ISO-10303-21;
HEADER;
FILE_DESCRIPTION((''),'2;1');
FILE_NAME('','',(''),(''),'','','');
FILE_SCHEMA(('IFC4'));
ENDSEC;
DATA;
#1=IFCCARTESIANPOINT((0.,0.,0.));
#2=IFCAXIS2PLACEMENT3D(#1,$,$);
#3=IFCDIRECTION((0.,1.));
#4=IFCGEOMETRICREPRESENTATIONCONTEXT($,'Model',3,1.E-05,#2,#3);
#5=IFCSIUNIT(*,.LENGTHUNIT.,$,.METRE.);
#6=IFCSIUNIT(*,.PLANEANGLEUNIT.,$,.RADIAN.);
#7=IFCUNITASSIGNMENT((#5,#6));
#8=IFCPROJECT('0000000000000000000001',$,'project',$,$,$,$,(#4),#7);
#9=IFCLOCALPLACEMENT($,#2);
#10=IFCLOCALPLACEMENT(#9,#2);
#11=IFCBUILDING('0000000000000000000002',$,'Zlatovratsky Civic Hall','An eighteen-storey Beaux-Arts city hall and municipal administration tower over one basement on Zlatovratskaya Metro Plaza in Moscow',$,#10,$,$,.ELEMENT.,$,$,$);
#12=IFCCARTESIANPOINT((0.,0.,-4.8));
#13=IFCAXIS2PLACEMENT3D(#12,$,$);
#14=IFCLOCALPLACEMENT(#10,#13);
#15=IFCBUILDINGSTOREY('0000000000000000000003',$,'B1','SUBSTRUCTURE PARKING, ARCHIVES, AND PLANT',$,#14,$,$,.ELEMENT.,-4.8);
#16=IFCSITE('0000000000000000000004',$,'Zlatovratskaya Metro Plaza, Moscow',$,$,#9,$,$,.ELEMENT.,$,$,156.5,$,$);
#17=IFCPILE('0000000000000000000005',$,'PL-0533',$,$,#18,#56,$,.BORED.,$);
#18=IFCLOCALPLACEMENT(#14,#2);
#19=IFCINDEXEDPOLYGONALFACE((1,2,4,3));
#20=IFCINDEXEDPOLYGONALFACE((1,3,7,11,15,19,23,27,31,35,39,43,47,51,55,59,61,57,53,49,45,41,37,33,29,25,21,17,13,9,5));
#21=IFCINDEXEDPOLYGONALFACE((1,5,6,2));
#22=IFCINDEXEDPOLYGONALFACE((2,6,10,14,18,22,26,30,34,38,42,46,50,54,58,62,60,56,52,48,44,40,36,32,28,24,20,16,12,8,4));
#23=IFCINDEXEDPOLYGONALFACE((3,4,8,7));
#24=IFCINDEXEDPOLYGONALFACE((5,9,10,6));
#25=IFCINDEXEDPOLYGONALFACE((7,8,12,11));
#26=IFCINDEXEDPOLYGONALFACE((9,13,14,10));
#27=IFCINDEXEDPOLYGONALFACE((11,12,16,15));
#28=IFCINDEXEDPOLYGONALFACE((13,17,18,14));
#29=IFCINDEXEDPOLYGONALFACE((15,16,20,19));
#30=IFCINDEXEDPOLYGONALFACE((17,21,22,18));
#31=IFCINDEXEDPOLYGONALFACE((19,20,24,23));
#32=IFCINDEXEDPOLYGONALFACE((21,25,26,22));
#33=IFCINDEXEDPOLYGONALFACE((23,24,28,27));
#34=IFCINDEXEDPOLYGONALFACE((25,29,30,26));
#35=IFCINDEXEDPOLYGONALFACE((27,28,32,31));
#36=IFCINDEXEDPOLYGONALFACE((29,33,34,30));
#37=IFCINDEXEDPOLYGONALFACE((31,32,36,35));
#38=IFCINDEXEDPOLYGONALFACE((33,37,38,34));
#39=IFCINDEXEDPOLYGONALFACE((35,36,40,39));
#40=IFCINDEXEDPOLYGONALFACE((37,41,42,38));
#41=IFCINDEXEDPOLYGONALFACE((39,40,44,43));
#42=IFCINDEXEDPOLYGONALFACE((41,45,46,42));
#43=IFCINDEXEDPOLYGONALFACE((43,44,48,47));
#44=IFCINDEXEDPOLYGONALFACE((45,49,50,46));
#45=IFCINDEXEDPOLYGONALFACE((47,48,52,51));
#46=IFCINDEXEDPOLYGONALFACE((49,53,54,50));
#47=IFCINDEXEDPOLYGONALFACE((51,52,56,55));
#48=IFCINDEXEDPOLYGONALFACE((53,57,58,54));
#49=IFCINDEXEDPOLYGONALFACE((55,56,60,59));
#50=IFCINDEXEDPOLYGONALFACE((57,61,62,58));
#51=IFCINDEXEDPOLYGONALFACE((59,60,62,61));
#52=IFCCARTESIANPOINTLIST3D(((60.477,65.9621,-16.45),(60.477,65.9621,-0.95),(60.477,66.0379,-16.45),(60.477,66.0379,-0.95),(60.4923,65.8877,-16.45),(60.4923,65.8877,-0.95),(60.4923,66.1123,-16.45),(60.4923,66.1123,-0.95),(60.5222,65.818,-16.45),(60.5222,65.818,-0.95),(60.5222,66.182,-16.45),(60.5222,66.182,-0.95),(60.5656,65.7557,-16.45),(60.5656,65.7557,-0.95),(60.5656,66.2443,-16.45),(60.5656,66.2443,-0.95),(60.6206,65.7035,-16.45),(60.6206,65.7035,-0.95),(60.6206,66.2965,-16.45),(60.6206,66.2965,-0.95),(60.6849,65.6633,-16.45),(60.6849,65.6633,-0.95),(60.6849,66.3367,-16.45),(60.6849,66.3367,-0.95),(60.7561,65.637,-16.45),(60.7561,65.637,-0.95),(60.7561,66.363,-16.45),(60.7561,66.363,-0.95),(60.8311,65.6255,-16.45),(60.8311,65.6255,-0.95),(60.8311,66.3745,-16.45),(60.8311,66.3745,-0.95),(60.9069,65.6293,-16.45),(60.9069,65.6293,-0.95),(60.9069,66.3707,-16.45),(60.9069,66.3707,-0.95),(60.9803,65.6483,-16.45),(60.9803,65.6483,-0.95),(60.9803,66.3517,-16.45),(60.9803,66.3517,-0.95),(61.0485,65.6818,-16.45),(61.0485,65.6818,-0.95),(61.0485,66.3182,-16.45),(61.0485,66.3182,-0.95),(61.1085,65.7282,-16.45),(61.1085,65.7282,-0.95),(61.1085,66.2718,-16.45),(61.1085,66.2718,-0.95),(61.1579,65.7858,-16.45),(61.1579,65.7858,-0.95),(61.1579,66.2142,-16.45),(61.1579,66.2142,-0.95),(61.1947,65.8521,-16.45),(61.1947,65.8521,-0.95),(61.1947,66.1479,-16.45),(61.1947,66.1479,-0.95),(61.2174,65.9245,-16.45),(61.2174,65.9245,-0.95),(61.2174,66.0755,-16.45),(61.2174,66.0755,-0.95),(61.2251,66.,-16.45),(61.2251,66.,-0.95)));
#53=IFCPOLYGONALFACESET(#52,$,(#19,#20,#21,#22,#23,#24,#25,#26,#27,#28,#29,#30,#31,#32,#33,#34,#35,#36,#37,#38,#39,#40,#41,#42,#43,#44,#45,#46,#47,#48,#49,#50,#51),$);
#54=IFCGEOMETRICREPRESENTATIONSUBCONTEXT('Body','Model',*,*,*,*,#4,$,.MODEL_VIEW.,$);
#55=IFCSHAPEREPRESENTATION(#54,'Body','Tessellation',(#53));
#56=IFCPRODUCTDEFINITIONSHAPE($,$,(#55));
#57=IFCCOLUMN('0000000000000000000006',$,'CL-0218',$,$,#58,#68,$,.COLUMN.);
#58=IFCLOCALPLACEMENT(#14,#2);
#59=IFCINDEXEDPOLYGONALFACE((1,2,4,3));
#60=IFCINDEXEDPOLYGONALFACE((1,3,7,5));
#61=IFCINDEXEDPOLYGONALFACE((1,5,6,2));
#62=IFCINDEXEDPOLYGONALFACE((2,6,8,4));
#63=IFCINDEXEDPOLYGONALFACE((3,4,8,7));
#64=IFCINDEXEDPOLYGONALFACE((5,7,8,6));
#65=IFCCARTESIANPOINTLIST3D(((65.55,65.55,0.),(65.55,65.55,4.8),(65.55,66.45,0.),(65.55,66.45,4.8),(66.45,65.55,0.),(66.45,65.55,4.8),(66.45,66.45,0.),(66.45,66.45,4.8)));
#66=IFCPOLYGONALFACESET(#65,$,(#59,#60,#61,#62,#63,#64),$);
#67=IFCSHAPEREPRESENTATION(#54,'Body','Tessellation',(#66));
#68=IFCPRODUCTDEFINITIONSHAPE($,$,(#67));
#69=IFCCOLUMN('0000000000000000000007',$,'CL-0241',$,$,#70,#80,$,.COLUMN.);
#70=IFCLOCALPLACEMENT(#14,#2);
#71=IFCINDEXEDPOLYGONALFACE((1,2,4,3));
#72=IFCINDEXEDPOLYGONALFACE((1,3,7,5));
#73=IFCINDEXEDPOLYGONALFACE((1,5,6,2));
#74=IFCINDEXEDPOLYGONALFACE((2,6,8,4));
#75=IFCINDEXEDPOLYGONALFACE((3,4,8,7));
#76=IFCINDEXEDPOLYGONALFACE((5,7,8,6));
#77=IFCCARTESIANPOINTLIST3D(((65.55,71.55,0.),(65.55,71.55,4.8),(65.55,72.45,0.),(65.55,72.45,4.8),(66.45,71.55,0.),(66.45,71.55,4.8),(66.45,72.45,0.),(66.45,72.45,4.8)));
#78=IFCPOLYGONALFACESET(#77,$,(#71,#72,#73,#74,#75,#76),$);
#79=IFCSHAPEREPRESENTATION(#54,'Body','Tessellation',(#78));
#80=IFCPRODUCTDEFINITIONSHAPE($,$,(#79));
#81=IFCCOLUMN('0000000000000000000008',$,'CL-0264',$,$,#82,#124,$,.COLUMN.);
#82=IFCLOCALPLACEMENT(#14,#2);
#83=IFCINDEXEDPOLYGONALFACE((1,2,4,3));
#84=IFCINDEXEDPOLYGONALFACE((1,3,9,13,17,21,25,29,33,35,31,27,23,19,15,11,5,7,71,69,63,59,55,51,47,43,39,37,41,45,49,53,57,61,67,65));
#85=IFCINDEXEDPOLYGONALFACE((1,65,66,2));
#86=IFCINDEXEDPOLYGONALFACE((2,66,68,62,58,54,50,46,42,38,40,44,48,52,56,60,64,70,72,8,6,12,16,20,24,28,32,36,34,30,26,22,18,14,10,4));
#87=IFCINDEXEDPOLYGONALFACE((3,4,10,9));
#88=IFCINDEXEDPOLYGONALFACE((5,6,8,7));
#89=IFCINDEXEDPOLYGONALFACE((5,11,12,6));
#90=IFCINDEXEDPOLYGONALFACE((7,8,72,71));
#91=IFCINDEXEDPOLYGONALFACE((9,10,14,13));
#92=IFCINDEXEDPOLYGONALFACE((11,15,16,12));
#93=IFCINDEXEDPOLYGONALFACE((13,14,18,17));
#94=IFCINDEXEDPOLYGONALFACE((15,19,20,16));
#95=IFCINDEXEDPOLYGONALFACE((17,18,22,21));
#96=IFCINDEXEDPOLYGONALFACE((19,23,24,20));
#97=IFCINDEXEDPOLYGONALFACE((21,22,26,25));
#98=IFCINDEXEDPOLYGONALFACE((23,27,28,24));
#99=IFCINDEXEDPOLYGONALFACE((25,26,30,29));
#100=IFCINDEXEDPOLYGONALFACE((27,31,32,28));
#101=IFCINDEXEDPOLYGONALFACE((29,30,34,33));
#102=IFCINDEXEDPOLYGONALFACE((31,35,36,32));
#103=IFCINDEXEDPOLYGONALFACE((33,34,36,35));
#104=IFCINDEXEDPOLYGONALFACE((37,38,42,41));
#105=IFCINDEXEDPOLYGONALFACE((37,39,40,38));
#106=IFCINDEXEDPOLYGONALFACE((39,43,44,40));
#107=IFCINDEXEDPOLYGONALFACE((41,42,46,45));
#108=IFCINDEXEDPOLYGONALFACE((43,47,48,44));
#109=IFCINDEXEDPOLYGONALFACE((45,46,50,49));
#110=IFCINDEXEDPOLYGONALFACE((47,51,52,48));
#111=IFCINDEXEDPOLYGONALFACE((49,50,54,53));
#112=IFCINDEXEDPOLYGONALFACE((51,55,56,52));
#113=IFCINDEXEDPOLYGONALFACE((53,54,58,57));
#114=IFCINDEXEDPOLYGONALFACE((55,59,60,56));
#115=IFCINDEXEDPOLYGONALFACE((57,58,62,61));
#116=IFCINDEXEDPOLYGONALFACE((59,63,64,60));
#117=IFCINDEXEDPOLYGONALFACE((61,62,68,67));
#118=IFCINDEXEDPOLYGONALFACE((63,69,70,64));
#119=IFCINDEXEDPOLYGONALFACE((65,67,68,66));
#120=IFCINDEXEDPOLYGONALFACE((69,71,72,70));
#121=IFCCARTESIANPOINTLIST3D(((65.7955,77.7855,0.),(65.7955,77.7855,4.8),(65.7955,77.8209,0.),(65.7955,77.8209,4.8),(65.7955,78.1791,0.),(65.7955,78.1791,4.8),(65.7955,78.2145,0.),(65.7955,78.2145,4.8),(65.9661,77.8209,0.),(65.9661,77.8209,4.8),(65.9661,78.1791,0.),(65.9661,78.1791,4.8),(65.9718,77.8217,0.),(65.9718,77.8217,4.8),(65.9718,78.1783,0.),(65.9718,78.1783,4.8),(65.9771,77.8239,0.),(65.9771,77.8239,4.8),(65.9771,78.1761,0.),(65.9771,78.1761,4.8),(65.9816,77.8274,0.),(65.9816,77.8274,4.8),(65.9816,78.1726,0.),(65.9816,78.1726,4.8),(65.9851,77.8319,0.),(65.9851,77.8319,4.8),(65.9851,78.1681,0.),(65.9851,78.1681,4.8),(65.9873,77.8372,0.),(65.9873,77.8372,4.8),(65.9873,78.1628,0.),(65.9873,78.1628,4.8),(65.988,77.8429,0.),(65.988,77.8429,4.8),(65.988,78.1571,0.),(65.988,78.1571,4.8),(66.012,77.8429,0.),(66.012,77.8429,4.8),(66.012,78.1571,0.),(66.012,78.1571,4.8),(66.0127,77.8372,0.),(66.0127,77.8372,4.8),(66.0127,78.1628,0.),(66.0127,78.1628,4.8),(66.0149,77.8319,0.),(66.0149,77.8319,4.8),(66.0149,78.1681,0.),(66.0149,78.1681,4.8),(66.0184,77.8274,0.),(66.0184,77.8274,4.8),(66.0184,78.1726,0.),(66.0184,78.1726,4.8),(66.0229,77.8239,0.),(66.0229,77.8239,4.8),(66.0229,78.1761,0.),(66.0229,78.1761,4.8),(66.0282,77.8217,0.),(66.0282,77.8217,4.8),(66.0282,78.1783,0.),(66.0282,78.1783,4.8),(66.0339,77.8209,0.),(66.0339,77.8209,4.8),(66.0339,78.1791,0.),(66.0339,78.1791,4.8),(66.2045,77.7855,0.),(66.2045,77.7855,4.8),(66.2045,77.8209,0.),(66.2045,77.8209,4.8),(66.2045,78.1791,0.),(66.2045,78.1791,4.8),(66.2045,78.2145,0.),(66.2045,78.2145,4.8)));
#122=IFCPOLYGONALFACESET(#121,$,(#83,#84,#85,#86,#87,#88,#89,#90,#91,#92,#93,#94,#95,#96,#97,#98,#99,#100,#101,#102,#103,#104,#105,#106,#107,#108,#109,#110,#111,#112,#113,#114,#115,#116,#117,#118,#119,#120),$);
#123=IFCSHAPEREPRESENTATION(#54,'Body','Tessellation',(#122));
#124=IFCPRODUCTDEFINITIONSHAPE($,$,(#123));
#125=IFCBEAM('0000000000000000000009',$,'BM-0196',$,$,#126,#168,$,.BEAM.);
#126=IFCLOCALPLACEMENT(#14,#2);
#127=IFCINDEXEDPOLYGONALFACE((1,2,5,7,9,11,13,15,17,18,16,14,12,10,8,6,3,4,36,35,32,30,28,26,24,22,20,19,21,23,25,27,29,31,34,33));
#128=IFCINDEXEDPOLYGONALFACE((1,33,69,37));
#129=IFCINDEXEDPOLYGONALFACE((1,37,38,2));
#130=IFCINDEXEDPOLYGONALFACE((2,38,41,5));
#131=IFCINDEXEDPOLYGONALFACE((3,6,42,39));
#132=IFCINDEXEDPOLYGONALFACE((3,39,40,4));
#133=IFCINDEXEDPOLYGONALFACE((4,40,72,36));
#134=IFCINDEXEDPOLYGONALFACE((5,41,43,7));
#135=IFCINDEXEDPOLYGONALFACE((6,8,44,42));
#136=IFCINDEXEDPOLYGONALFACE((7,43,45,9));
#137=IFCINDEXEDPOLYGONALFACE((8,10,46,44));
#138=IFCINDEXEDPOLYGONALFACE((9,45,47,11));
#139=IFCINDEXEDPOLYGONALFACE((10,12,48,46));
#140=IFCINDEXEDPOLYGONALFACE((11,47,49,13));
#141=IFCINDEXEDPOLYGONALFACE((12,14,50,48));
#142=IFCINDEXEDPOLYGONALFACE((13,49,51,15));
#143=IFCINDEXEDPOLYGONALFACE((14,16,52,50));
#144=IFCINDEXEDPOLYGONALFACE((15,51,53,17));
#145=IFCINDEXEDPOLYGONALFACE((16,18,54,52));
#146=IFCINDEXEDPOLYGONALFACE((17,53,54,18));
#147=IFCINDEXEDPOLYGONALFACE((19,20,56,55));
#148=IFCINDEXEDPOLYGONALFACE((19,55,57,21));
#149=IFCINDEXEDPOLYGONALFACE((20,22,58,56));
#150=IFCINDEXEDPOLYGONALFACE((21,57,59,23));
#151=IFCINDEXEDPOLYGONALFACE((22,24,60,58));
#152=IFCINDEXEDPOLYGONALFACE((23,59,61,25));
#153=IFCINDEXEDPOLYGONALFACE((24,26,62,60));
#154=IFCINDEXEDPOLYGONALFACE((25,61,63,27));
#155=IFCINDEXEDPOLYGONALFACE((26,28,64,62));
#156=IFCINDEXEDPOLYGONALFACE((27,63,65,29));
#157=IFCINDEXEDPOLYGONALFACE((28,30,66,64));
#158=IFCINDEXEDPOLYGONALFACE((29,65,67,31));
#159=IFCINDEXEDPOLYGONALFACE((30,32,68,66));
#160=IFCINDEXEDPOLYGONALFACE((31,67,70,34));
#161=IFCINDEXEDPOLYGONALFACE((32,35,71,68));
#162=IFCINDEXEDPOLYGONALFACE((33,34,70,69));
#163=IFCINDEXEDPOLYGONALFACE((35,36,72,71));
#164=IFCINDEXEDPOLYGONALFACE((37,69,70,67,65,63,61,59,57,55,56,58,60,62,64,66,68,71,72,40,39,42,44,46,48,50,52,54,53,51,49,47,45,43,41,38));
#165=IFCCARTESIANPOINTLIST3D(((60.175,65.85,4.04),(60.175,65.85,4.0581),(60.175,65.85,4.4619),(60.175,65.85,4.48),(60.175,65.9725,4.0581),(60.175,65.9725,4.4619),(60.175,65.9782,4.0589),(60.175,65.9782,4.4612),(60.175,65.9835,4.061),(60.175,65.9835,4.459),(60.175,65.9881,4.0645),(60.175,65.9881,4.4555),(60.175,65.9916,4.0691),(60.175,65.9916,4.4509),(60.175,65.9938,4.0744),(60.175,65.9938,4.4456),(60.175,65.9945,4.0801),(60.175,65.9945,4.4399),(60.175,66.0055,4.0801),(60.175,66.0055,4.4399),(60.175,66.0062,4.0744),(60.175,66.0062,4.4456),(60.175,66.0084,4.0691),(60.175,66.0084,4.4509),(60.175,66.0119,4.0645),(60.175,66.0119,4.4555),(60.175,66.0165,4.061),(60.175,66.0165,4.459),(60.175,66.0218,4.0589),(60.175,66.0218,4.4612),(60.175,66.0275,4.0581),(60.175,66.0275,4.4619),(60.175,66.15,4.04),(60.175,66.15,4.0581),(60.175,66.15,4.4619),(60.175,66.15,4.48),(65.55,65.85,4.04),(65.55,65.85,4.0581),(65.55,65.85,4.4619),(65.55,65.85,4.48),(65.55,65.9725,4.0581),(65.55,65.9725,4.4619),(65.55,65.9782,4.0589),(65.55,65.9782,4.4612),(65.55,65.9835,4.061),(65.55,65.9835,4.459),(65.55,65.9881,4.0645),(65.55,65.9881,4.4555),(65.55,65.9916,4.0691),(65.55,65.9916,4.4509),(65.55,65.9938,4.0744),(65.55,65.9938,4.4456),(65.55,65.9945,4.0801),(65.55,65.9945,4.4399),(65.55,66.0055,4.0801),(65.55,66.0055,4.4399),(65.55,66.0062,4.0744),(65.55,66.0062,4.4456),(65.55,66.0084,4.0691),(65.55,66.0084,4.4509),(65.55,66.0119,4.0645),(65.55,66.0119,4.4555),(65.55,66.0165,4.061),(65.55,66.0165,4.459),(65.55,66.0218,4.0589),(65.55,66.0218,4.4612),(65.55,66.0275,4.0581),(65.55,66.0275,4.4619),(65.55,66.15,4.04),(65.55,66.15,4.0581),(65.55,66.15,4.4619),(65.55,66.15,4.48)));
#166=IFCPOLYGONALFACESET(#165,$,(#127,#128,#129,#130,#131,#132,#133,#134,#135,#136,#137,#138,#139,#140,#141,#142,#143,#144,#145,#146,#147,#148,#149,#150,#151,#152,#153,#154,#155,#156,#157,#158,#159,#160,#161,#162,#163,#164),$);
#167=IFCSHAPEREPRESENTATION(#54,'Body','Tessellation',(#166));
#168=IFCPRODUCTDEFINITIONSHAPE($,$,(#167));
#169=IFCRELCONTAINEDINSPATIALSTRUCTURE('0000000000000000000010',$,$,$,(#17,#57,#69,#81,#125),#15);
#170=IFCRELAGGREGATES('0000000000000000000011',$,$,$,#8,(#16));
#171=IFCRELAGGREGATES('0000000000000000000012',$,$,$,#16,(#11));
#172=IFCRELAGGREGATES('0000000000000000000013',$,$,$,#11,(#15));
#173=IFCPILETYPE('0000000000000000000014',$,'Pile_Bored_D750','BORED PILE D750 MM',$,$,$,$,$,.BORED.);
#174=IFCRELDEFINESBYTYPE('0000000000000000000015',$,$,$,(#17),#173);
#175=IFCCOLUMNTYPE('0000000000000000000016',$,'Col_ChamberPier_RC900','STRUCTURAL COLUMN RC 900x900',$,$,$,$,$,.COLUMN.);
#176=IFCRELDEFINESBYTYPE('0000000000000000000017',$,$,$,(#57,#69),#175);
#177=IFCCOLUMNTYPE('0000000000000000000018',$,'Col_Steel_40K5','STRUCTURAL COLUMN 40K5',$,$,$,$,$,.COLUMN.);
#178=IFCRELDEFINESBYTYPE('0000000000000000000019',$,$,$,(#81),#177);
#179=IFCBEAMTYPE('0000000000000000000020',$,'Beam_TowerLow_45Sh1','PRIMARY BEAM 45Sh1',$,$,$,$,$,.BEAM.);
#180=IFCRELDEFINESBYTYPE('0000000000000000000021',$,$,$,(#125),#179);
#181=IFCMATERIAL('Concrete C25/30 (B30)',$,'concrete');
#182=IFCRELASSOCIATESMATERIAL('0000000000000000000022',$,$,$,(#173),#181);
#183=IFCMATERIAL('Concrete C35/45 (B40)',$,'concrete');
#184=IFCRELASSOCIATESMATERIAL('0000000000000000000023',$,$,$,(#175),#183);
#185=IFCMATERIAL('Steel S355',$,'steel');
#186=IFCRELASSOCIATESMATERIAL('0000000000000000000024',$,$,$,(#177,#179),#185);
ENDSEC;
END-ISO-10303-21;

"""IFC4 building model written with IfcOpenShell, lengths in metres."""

from ifc_helpers import new_model, si_unit, direction, frame, origin, origin_2d, place, context, subcontext, project, spatial, rectangle, circle, i_section, extrude, material, material_profile, profile_set, type_object, element, save


model = new_model("IFC4")

# Units and contexts
model_context = context("Model", 3, precision=1e-05, world=origin(), true_north=direction((0.0, 1.0)))
body_context = subcontext(model_context, "Body", "Model", "MODEL_VIEW")
ifc_project = project(units=[si_unit("LENGTHUNIT", "METRE"), si_unit("PLANEANGLEUNIT", "RADIAN")], contexts=[model_context])

# Site, building, storey
site_placement = place(None, origin())
site = spatial("IfcSite", under=ifc_project, at=site_placement, Name="Zlatovratskaya Metro Plaza, Moscow", CompositionType="ELEMENT", RefElevation=156.5)
building_placement = place(site_placement, origin())
building = spatial("IfcBuilding", under=site, at=building_placement, Name="Zlatovratsky Civic Hall", Description="An eighteen-storey Beaux-Arts city hall and municipal administration tower over one basement on Zlatovratskaya Metro Plaza in Moscow", CompositionType="ELEMENT")
storey_placement = place(building_placement, frame((0.0, 0.0, -4.8)))
storey = spatial("IfcBuildingStorey", under=building, at=storey_placement, Name="B1", Description="SUBSTRUCTURE PARKING, ARCHIVES, AND PLANT", CompositionType="ELEMENT", Elevation=-4.8)

# Shared definitions
ifc_material_1 = material(Name="Concrete C25/30 (B30)", Category="concrete")

# Pile
ifc_material_profile_1 = material_profile(ifc_material_1, circle(Radius=0.375, at=origin_2d()), Name="PILE D750")
ifc_profile_set_1 = profile_set([ifc_material_profile_1], Name="Concrete C25/30 (B30)")
pile_type_1 = type_object("IfcPileType", Name="Pile_Bored_D750", Description="BORED PILE D750 MM", PredefinedType="BORED", material=ifc_profile_set_1)
pile_placement = place(storey_placement, frame((60.8501, 66.0, -0.95), z_axis=(0.0, 0.0, -1.0), x_axis=(1.0, 0.0, 0.0)))
element("IfcPile", 1, at=pile_placement, inside=storey, type_object=pile_type_1, Name="PL-0533", PredefinedType="BORED", context=body_context, shape_type="SweptSolid", body=[
    extrude(circle(Radius=0.375, at=origin_2d()), origin(), (0.0, 0.0, 1.0), 15.5),
])

# Columns
ifc_material_2 = material(Name="Concrete C35/45 (B40)", Category="concrete")
ifc_material_profile_2 = material_profile(ifc_material_2, rectangle(XDim=0.8999, YDim=0.8999, at=origin_2d()), Name="RC 900x900")
ifc_profile_set_2 = profile_set([ifc_material_profile_2], Name="Concrete C35/45 (B40)")
column_type_1 = type_object("IfcColumnType", Name="Col_ChamberPier_RC900", Description="STRUCTURAL COLUMN RC 900x900", PredefinedType="COLUMN", material=ifc_profile_set_2)
for number, where, z_axis, x_axis, name in (
    (2, (66.0, 66.0, 0.0), (0.0, 0.0, 1.0), (1.0, 0.0, 0.0), "CL-0218"),
    (3, (66.0, 72.0, 0.0), (0.0, 0.0, 1.0), (1.0, 0.0, 0.0), "CL-0241"),
):
    element("IfcColumn", number, at=place(storey_placement, frame(where, z_axis=z_axis, x_axis=x_axis)), inside=storey, type_object=column_type_1, Name=name, PredefinedType="COLUMN", context=body_context, shape_type="SweptSolid", body=[
        extrude(rectangle(XDim=0.8999, YDim=0.8999, at=origin_2d()), origin(), (0.0, 0.0, 1.0), 4.8),
    ])
ifc_material_3 = material(Name="Steel S355", Category="steel")
ifc_material_profile_3 = material_profile(ifc_material_3, i_section(OverallWidth=0.4089, OverallDepth=0.429, WebThickness=0.0239, FlangeThickness=0.0354, FilletRadius=0.022, at=origin_2d()), Name="40K5")
ifc_profile_set_3 = profile_set([ifc_material_profile_3], Name="Steel S355")
column_type_2 = type_object("IfcColumnType", Name="Col_Steel_40K5", Description="STRUCTURAL COLUMN 40K5", PredefinedType="COLUMN", material=ifc_profile_set_3)
column_placement = place(storey_placement, frame((66.0, 78.0, 0.0), z_axis=(0.0, 0.0, 1.0), x_axis=(1.0, 0.0, 0.0)))
element("IfcColumn", 4, at=column_placement, inside=storey, type_object=column_type_2, Name="CL-0264", PredefinedType="COLUMN", context=body_context, shape_type="SweptSolid", body=[
    extrude(i_section(OverallWidth=0.4089, OverallDepth=0.429, WebThickness=0.0239, FlangeThickness=0.0354, FilletRadius=0.022, at=origin_2d()), origin(), (0.0, 0.0, 1.0), 4.8),
])

# Beam
ifc_material_profile_4 = material_profile(ifc_material_3, i_section(OverallWidth=0.3, OverallDepth=0.4399, WebThickness=0.011, FlangeThickness=0.0181, FilletRadius=0.022, at=origin_2d()), Name="45Sh1")
ifc_profile_set_4 = profile_set([ifc_material_profile_4], Name="Steel S355")
beam_type = type_object("IfcBeamType", Name="Beam_TowerLow_45Sh1", Description="PRIMARY BEAM 45Sh1", PredefinedType="BEAM", material=ifc_profile_set_4)
for number, where, z_axis, x_axis, name in (
    (5, (60.175, 66.0, 4.26), (1.0, 0.0, 0.0), (0.0, 1.0, 0.0), "BM-0196"),
):
    element("IfcBeam", number, at=place(storey_placement, frame(where, z_axis=z_axis, x_axis=x_axis)), inside=storey, type_object=beam_type, Name=name, PredefinedType="BEAM", context=body_context, shape_type="SweptSolid", body=[
        extrude(i_section(OverallWidth=0.3, OverallDepth=0.4399, WebThickness=0.011, FlangeThickness=0.0181, FilletRadius=0.022, at=origin_2d()), origin(), (0.0, 0.0, 1.0), 5.375),
    ])

save(model, "model.ifc")
